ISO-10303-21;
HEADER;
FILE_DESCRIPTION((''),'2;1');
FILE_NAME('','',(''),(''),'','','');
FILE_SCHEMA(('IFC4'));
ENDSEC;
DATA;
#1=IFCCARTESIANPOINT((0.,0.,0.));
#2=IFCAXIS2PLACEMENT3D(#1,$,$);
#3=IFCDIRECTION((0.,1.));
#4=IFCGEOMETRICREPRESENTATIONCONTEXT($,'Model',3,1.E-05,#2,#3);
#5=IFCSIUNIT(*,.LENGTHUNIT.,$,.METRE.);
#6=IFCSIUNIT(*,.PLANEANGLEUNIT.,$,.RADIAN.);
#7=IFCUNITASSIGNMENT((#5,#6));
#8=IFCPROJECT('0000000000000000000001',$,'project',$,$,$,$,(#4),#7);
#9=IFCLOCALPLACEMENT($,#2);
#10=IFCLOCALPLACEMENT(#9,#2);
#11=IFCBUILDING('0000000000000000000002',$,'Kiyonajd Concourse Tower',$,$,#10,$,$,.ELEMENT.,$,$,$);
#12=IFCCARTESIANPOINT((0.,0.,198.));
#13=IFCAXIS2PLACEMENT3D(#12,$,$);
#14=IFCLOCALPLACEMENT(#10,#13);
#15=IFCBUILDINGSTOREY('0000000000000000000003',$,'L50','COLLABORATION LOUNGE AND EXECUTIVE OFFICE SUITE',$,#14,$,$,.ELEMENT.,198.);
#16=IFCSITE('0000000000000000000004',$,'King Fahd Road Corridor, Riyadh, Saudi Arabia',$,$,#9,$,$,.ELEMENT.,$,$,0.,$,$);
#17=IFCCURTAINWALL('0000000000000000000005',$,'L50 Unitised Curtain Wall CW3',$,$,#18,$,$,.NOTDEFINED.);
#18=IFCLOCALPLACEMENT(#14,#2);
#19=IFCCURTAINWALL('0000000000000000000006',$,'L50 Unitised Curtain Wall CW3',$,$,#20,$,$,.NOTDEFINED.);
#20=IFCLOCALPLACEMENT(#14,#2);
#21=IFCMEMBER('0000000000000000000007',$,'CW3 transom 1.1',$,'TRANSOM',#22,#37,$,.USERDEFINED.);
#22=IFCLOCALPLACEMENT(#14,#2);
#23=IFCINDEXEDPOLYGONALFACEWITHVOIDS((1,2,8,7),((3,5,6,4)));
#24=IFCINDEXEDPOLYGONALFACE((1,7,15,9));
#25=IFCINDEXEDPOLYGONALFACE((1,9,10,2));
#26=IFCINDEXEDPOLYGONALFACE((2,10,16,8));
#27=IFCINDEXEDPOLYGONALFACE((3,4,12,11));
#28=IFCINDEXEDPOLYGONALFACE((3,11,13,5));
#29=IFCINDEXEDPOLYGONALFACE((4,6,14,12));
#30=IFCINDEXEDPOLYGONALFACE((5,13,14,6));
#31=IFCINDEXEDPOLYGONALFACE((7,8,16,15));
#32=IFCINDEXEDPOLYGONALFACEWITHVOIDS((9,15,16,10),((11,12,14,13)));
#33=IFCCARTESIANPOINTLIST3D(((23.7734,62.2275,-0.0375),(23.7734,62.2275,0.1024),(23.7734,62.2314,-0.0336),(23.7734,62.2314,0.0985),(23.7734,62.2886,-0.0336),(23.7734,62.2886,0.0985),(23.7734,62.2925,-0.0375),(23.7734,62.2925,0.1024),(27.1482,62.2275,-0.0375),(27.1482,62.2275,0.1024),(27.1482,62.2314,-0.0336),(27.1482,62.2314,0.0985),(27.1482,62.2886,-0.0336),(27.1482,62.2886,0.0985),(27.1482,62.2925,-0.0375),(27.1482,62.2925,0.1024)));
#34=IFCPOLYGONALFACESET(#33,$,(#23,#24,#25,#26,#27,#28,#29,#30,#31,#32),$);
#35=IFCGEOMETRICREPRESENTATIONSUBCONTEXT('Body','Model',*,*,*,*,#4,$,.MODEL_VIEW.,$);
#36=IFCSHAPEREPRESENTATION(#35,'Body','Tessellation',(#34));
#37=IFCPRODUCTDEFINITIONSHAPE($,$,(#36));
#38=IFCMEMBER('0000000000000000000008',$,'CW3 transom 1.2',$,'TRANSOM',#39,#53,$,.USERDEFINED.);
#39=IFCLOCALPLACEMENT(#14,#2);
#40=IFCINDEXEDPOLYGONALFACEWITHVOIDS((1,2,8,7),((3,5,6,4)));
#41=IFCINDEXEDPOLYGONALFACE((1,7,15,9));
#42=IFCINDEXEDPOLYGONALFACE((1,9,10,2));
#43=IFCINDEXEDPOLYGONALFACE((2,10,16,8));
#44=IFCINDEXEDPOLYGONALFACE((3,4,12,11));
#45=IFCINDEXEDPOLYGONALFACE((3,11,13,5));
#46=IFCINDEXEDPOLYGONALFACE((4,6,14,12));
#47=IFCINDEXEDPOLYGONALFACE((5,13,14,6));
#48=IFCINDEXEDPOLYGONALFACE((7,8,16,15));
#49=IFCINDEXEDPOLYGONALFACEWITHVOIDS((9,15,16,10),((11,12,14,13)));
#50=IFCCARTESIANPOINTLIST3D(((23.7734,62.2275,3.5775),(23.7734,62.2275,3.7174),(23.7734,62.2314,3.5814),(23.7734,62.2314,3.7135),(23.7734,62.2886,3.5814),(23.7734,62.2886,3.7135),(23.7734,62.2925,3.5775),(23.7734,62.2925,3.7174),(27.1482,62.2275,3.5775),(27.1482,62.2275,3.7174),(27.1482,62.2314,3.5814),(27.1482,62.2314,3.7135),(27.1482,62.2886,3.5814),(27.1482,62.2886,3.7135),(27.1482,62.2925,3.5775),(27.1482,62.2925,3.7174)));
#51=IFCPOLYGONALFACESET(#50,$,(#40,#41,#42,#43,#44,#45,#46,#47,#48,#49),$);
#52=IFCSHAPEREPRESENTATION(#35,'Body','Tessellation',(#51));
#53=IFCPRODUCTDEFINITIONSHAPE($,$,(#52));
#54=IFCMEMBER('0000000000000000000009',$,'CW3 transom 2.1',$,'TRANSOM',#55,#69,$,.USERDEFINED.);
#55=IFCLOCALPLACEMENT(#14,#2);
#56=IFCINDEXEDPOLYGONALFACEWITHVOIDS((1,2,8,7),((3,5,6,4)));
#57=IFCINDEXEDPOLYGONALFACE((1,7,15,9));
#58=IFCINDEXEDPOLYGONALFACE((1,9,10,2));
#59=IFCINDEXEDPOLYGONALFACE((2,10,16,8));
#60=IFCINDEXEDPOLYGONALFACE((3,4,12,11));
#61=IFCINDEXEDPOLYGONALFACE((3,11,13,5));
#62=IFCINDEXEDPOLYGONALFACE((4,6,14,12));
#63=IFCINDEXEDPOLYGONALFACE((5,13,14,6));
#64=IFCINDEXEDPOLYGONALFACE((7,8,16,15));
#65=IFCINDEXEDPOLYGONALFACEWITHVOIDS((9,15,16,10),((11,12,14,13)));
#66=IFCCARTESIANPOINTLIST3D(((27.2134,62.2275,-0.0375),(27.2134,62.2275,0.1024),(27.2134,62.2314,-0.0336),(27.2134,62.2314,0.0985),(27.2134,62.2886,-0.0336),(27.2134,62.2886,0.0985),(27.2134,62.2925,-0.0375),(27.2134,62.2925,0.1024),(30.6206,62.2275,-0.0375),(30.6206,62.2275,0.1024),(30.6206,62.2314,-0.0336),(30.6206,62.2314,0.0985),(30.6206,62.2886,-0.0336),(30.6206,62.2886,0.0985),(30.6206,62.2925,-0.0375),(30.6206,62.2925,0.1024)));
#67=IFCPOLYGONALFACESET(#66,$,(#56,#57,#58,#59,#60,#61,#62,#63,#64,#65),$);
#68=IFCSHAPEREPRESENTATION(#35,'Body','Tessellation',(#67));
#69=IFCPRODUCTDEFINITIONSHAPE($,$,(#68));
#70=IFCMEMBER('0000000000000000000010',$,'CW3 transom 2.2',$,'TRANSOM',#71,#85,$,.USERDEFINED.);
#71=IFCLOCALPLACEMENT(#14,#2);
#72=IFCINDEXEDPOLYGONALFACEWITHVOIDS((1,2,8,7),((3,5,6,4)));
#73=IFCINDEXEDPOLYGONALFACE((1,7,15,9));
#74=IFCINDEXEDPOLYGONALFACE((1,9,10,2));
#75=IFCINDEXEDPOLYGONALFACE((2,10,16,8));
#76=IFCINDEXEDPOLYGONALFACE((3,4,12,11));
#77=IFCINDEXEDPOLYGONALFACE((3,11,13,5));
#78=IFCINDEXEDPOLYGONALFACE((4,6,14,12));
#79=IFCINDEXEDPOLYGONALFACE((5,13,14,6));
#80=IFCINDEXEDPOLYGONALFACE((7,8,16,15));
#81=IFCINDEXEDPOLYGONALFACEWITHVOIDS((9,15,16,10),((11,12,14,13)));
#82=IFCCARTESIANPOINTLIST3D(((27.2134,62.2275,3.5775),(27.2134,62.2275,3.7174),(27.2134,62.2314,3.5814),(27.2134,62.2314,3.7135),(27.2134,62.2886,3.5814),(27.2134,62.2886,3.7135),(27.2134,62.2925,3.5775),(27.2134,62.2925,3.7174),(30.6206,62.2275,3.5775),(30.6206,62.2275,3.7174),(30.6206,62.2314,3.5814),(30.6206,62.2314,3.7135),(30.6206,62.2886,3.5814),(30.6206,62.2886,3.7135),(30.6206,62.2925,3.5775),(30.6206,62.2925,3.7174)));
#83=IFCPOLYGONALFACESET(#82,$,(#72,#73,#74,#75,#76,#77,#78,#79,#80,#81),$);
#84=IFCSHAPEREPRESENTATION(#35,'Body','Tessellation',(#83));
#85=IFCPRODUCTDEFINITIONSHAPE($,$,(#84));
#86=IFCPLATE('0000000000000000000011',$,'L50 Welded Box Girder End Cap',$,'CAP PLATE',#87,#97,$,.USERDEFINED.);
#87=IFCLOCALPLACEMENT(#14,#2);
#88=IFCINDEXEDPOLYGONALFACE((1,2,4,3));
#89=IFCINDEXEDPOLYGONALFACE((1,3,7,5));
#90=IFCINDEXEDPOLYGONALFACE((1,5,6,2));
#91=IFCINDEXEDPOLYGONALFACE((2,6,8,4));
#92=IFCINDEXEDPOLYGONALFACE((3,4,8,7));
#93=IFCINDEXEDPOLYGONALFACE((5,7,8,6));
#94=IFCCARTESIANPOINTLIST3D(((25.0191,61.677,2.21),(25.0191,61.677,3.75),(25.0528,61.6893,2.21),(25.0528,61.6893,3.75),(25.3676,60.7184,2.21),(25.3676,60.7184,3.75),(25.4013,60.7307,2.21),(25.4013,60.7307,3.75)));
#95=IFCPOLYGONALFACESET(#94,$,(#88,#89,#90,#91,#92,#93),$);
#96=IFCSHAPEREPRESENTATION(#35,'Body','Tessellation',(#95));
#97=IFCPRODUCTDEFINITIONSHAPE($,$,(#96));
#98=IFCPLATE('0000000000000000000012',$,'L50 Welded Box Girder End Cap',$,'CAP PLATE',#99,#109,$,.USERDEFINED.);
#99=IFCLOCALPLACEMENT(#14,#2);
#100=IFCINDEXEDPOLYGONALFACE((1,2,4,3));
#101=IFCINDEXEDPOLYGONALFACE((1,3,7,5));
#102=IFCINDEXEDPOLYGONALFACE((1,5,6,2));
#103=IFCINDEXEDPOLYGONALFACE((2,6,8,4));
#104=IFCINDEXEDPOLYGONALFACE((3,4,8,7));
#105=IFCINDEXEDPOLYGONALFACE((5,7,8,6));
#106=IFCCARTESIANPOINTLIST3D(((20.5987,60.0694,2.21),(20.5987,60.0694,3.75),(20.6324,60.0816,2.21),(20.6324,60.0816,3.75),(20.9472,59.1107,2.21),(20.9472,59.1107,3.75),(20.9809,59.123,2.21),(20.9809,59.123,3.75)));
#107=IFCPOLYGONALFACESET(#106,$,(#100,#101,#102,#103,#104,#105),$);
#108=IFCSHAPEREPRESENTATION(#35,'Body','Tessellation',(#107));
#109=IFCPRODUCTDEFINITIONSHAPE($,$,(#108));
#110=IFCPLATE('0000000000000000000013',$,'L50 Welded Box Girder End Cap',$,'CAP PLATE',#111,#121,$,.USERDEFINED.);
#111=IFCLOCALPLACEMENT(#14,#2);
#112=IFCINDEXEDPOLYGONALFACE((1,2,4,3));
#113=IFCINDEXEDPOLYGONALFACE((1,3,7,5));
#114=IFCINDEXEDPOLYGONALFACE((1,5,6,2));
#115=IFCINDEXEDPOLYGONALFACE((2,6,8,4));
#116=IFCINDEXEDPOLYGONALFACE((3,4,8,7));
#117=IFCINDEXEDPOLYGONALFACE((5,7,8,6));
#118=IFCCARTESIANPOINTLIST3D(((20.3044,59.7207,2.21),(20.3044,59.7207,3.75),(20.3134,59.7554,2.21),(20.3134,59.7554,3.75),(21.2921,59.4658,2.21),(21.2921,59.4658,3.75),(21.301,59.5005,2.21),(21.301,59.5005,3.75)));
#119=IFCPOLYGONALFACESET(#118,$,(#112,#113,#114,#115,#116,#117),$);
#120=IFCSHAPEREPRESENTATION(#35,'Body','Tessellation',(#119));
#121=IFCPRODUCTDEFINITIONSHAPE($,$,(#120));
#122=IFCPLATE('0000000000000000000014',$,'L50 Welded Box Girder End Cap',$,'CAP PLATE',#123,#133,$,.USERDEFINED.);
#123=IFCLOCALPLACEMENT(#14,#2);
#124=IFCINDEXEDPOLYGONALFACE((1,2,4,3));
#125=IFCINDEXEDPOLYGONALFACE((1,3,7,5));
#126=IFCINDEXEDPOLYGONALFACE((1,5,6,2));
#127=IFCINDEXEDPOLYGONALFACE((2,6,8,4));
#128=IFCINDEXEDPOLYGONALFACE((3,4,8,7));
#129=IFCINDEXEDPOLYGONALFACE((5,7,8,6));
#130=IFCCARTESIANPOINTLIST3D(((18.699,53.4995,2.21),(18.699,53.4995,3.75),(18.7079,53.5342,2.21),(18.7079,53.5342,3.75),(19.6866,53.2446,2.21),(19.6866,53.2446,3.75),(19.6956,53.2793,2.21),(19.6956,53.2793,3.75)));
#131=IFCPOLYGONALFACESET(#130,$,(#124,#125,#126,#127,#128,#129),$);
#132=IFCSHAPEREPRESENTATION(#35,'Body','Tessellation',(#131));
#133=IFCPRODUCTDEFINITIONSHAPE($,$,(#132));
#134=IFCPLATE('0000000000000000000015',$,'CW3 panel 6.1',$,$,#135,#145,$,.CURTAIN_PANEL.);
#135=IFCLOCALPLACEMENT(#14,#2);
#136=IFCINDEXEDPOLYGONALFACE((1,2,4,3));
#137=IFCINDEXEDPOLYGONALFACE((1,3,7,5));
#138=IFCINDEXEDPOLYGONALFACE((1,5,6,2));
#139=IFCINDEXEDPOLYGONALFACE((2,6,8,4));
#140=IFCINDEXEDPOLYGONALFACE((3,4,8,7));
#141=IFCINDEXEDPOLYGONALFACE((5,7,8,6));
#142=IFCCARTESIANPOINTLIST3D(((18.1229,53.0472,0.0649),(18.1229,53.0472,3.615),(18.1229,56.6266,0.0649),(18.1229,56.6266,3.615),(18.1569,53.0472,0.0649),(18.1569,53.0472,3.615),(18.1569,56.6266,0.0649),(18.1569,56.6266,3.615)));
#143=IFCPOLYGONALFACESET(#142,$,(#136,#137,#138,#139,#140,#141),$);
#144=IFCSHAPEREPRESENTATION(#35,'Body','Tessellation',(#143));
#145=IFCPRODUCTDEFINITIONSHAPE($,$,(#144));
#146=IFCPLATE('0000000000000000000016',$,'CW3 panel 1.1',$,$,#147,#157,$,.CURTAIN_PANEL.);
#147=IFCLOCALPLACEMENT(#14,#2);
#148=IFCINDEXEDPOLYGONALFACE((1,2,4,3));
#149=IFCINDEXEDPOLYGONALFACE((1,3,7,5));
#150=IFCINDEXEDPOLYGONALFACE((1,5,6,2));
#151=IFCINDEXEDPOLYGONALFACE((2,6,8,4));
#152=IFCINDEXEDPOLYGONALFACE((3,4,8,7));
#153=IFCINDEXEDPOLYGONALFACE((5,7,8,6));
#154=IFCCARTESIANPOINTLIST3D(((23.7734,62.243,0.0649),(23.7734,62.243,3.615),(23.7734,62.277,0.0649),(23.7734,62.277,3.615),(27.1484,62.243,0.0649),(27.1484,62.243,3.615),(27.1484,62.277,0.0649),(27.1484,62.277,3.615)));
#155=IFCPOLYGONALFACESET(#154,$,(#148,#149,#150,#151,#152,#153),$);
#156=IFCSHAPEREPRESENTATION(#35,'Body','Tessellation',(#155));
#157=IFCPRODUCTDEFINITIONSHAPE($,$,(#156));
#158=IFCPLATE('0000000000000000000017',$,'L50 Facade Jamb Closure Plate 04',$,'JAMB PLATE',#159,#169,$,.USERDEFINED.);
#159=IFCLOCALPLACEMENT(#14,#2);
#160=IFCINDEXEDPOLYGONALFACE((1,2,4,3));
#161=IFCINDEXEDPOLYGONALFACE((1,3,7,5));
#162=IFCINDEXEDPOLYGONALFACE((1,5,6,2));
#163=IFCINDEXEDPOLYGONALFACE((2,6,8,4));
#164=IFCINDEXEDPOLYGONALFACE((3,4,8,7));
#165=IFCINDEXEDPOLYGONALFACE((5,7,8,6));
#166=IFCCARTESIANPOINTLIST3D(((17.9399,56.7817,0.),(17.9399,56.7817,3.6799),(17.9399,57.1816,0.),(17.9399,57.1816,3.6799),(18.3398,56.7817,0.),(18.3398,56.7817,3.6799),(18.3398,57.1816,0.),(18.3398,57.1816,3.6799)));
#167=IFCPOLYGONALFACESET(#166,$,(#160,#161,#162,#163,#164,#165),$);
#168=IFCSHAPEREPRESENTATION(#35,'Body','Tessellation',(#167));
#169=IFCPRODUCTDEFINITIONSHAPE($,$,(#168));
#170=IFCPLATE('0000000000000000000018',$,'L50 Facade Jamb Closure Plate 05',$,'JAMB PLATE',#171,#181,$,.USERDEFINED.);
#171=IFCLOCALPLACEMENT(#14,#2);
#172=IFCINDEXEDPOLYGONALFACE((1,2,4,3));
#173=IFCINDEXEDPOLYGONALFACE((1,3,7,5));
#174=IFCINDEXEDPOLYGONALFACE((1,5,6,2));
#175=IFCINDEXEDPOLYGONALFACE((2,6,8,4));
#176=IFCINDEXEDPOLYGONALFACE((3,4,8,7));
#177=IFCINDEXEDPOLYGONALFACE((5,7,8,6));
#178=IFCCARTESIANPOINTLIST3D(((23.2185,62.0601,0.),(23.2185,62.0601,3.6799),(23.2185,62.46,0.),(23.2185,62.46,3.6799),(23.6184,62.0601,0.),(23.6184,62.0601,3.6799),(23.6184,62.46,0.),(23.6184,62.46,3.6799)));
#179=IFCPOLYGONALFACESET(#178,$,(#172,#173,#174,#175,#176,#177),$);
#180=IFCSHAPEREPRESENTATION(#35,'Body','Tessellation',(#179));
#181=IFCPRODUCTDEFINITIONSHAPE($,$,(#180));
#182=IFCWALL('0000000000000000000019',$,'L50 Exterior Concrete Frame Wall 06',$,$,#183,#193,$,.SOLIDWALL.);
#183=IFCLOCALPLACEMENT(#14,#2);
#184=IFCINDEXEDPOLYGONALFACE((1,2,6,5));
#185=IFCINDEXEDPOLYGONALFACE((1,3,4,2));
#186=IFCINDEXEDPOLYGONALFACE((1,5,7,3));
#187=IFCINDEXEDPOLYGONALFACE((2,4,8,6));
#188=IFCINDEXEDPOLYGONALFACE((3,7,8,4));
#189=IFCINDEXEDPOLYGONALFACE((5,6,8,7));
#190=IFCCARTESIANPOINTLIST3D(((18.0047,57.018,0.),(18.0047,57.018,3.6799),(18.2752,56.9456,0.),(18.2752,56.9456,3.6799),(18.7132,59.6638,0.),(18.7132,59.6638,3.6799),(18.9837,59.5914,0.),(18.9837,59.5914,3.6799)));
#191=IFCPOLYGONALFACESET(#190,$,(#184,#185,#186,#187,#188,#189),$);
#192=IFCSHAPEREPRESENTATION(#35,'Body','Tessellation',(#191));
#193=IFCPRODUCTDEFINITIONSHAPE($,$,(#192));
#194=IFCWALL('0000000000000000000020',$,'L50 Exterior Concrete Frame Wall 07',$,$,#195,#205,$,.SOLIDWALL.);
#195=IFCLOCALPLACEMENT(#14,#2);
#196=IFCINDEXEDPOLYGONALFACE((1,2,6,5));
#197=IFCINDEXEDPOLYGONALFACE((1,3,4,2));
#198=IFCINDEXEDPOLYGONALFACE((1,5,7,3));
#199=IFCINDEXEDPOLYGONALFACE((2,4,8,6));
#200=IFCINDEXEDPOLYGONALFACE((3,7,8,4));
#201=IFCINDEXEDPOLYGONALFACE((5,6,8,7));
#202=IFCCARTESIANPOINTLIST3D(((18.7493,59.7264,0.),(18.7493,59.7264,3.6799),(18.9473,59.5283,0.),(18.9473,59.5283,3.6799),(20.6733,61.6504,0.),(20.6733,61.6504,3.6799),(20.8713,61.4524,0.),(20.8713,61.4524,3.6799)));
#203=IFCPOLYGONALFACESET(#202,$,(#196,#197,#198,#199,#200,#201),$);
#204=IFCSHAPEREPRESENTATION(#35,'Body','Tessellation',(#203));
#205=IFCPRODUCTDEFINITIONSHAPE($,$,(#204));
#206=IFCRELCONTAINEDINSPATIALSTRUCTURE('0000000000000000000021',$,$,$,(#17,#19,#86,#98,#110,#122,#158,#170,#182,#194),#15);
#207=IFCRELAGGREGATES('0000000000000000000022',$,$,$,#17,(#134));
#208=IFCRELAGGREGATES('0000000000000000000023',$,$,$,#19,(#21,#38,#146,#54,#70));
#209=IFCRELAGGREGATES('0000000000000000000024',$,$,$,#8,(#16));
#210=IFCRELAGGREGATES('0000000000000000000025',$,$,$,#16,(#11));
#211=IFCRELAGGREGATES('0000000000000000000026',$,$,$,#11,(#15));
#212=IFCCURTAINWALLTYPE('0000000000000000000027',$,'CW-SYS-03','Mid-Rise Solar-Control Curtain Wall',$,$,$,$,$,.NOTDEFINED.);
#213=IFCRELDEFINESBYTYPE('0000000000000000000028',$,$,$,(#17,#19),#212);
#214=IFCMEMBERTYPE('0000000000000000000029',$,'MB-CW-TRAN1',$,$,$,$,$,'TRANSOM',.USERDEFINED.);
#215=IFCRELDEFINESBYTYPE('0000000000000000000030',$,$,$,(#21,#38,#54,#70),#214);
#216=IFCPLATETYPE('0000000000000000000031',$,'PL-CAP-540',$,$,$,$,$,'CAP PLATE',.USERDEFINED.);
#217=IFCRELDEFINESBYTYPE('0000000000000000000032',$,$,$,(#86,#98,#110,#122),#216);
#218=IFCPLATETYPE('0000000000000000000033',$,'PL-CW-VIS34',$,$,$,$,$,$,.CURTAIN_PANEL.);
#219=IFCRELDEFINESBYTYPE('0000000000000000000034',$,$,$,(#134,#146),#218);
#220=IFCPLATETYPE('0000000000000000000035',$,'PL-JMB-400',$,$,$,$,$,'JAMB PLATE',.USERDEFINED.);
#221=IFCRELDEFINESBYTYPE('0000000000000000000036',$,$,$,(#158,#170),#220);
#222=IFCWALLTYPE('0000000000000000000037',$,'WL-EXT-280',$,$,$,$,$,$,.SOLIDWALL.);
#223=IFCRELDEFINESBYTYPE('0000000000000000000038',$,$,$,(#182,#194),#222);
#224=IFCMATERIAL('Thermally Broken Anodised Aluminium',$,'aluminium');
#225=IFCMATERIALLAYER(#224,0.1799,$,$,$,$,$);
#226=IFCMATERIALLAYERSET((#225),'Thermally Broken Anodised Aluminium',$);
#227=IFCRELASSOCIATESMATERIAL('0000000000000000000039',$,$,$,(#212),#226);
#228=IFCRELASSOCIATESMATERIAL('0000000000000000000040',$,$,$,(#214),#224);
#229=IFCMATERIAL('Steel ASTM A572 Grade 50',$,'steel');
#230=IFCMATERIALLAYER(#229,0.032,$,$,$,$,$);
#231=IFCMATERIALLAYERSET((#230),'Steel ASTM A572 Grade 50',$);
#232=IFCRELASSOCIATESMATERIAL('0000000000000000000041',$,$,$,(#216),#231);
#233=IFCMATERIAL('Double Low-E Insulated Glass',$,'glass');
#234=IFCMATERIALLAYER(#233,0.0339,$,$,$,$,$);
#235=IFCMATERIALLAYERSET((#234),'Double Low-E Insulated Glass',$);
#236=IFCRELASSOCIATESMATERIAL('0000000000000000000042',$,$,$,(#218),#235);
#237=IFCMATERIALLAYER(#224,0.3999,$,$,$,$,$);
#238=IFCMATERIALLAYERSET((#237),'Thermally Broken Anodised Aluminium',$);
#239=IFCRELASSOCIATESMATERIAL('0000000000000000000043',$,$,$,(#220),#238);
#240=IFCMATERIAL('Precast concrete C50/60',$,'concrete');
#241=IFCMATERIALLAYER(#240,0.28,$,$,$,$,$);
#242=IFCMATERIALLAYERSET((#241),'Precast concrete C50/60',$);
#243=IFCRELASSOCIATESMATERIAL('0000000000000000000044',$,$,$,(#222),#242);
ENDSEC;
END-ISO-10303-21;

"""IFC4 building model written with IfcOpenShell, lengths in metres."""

from ifc_helpers import new_model, si_unit, direction, frame, frame_2d, origin, origin_2d, place, context, subcontext, project, spatial, rectangle, hollow_rectangle, extrude, material, layer, layer_set, material_profile, profile_set, type_object, element, aggregate, save


model = new_model("IFC4")

# Units and contexts
model_context = context("Model", 3, precision=1e-05, world=origin(), true_north=direction((0.0, 1.0)))
body_context = subcontext(model_context, "Body", "Model", "MODEL_VIEW")
ifc_project = project(units=[si_unit("LENGTHUNIT", "METRE"), si_unit("PLANEANGLEUNIT", "RADIAN")], contexts=[model_context])

# Site, building, storey
site_placement = place(None, origin())
site = spatial("IfcSite", under=ifc_project, at=site_placement, Name="King Fahd Road Corridor, Riyadh, Saudi Arabia", CompositionType="ELEMENT", RefElevation=0.0)
building_placement = place(site_placement, origin())
building = spatial("IfcBuilding", under=site, at=building_placement, Name="Kiyonajd Concourse Tower", CompositionType="ELEMENT")
storey_placement = place(building_placement, frame((0.0, 0.0, 198.0)))
storey = spatial("IfcBuildingStorey", under=building, at=storey_placement, Name="L50", Description="COLLABORATION LOUNGE AND EXECUTIVE OFFICE SUITE", CompositionType="ELEMENT", Elevation=198.0)

# Shared definitions
ifc_material_1 = material(Name="Steel ASTM A572 Grade 50", Category="steel")

# Curtain wall
ifc_material_2 = material(Name="Thermally Broken Anodised Aluminium", Category="aluminium")
ifc_layer_1 = layer(ifc_material_2, 0.1799)
ifc_layer_set_1 = layer_set([ifc_layer_1], Name="Thermally Broken Anodised Aluminium")
curtain_wall_type = type_object("IfcCurtainWallType", Name="CW-SYS-03", Description="Mid-Rise Solar-Control Curtain Wall", PredefinedType="NOTDEFINED", material=ifc_layer_set_1)
curtain_wall_1_placement = place(storey_placement, origin())
curtain_wall_1 = element("IfcCurtainWall", 1, at=curtain_wall_1_placement, inside=storey, type_object=curtain_wall_type, Name="L50 Unitised Curtain Wall CW3", PredefinedType="NOTDEFINED")

# Curtain wall, members
curtain_wall_2_placement = place(storey_placement, origin())
curtain_wall_2 = element("IfcCurtainWall", 2, at=curtain_wall_2_placement, inside=storey, type_object=curtain_wall_type, Name="L50 Unitised Curtain Wall CW3", PredefinedType="NOTDEFINED")
ifc_material_profile_1 = material_profile(ifc_material_2, hollow_rectangle(XDim=0.0649, YDim=0.1399, WallThickness=0.0039, at=origin_2d()), Name="TRAN-65x140")
ifc_profile_set_1 = profile_set([ifc_material_profile_1], Name="Thermally Broken Anodised Aluminium")
member_type_1 = type_object("IfcMemberType", Name="MB-CW-TRAN1", ElementType="TRANSOM", PredefinedType="USERDEFINED", material=ifc_profile_set_1)
member_1_placement = place(storey_placement, frame((23.7734, 62.26, 0.0325), z_axis=(1.0, 0.0, 0.0), x_axis=(0.0, 1.0, 0.0)))
member_1 = element("IfcMember", 3, at=member_1_placement, type_object=member_type_1, Name="CW3 transom 1.1", ObjectType="TRANSOM", PredefinedType="USERDEFINED", context=body_context, shape_type="SweptSolid", body=[
    extrude(hollow_rectangle(XDim=0.0649, YDim=0.1399, WallThickness=0.0039, at=origin_2d()), origin(), (0.0, 0.0, 1.0), 3.3748),
])
member_2_placement = place(storey_placement, frame((23.7734, 62.26, 3.6475), z_axis=(1.0, 0.0, 0.0), x_axis=(0.0, 1.0, 0.0)))
member_2 = element("IfcMember", 4, at=member_2_placement, type_object=member_type_1, Name="CW3 transom 1.2", ObjectType="TRANSOM", PredefinedType="USERDEFINED", context=body_context, shape_type="SweptSolid", body=[
    extrude(hollow_rectangle(XDim=0.0649, YDim=0.1399, WallThickness=0.0039, at=origin_2d()), origin(), (0.0, 0.0, 1.0), 3.3748),
])
member_3_placement = place(storey_placement, frame((27.2134, 62.26, 0.0325), z_axis=(1.0, 0.0, 0.0), x_axis=(0.0, 1.0, 0.0)))
member_3 = element("IfcMember", 5, at=member_3_placement, type_object=member_type_1, Name="CW3 transom 2.1", ObjectType="TRANSOM", PredefinedType="USERDEFINED", context=body_context, shape_type="SweptSolid", body=[
    extrude(hollow_rectangle(XDim=0.0649, YDim=0.1399, WallThickness=0.0039, at=origin_2d()), origin(), (0.0, 0.0, 1.0), 3.4072),
])
member_4_placement = place(storey_placement, frame((27.2134, 62.26, 3.6475), z_axis=(1.0, 0.0, 0.0), x_axis=(0.0, 1.0, 0.0)))
member_4 = element("IfcMember", 6, at=member_4_placement, type_object=member_type_1, Name="CW3 transom 2.2", ObjectType="TRANSOM", PredefinedType="USERDEFINED", context=body_context, shape_type="SweptSolid", body=[
    extrude(hollow_rectangle(XDim=0.0649, YDim=0.1399, WallThickness=0.0039, at=origin_2d()), origin(), (0.0, 0.0, 1.0), 3.4072),
])

# Plates
ifc_layer_2 = layer(ifc_material_1, 0.032)
ifc_layer_set_2 = layer_set([ifc_layer_2], Name="Steel ASTM A572 Grade 50")
plate_type_1 = type_object("IfcPlateType", Name="PL-CAP-540", ElementType="CAP PLATE", PredefinedType="USERDEFINED", material=ifc_layer_set_2)
for number, where, z_axis, x_axis, name in (
    (7, (25.2102, 61.2039, 2.21), (0.0, 0.0, 1.0), (0.939812, 0.341692, 0.0), "L50 Welded Box Girder End Cap"),
    (8, (20.7898, 59.5962, 2.21), (0.0, 0.0, 1.0), (-0.939812, -0.341692, 0.0), "L50 Welded Box Girder End Cap"),
    (9, (20.8027, 59.6106, 2.21), (0.0, 0.0, 1.0), (0.249873, 0.968279, 0.0), "L50 Welded Box Girder End Cap"),
    (10, (19.1973, 53.3894, 2.21), (0.0, 0.0, 1.0), (-0.249873, -0.968279, 0.0), "L50 Welded Box Girder End Cap"),
):
    element("IfcPlate", number, at=place(storey_placement, frame(where, z_axis=z_axis, x_axis=x_axis)), inside=storey, type_object=plate_type_1, Name=name, ObjectType="CAP PLATE", PredefinedType="USERDEFINED", context=body_context, shape_type="SweptSolid", body=[
        extrude(rectangle(XDim=0.0359, YDim=1.02, at=origin_2d()), origin(), (0.0, 0.0, 1.0), 1.54),
    ])

# Plates
ifc_material_3 = material(Name="Double Low-E Insulated Glass", Category="glass")
ifc_layer_3 = layer(ifc_material_3, 0.0339)
ifc_layer_set_3 = layer_set([ifc_layer_3], Name="Double Low-E Insulated Glass")
plate_type_2 = type_object("IfcPlateType", Name="PL-CW-VIS34", PredefinedType="CURTAIN_PANEL", material=ifc_layer_set_3)
plate_1_placement = place(storey_placement, frame((18.1399, 54.8369, 0.0649), z_axis=(0.0, 0.0, 1.0), x_axis=(0.0, 1.0, 0.0)))
plate_1 = element("IfcPlate", 11, at=plate_1_placement, type_object=plate_type_2, Name="CW3 panel 6.1", PredefinedType="CURTAIN_PANEL", context=body_context, shape_type="SweptSolid", body=[
    extrude(rectangle(XDim=3.5793, YDim=0.0339, at=origin_2d()), origin(), (0.0, 0.0, 1.0), 3.55),
])
aggregate(curtain_wall_1, [plate_1])
plate_2_placement = place(storey_placement, frame((25.4609, 62.26, 0.0649), z_axis=(0.0, 0.0, 1.0), x_axis=(1.0, 0.0, 0.0)))
plate_2 = element("IfcPlate", 12, at=plate_2_placement, type_object=plate_type_2, Name="CW3 panel 1.1", PredefinedType="CURTAIN_PANEL", context=body_context, shape_type="SweptSolid", body=[
    extrude(rectangle(XDim=3.375, YDim=0.0339, at=origin_2d()), origin(), (0.0, 0.0, 1.0), 3.55),
])
aggregate(curtain_wall_2, [member_1, member_2, plate_2, member_3, member_4])

# Plates
ifc_layer_4 = layer(ifc_material_2, 0.3999)
ifc_layer_set_4 = layer_set([ifc_layer_4], Name="Thermally Broken Anodised Aluminium")
plate_type_3 = type_object("IfcPlateType", Name="PL-JMB-400", ElementType="JAMB PLATE", PredefinedType="USERDEFINED", material=ifc_layer_set_4)
for number, where, z_axis, x_axis, name in (
    (13, (18.1399, 56.9817, 0.0), (0.0, 0.0, 1.0), (1.0, 0.0, 0.0), "L50 Facade Jamb Closure Plate 04"),
    (14, (23.4185, 62.26, 0.0), (0.0, 0.0, 1.0), (1.0, 0.0, 0.0), "L50 Facade Jamb Closure Plate 05"),
):
    element("IfcPlate", number, at=place(storey_placement, frame(where, z_axis=z_axis, x_axis=x_axis)), inside=storey, type_object=plate_type_3, Name=name, ObjectType="JAMB PLATE", PredefinedType="USERDEFINED", context=body_context, shape_type="SweptSolid", body=[
        extrude(rectangle(XDim=0.3999, YDim=0.3999, at=origin_2d()), origin(), (0.0, 0.0, 1.0), 3.6799),
    ])

# Walls
ifc_material_4 = material(Name="Precast concrete C50/60", Category="concrete")
ifc_layer_5 = layer(ifc_material_4, 0.28)
ifc_layer_set_5 = layer_set([ifc_layer_5], Name="Precast concrete C50/60")
wall_type = type_object("IfcWallType", Name="WL-EXT-280", PredefinedType="SOLIDWALL", material=ifc_layer_set_5)
wall_1_placement = place(storey_placement, frame((18.1399, 56.9817, 0.0), z_axis=(0.0, 0.0, 1.0), x_axis=(0.258672, 0.965965, 0.0)))
element("IfcWall", 15, at=wall_1_placement, inside=storey, type_object=wall_type, Name="L50 Exterior Concrete Frame Wall 06", PredefinedType="SOLIDWALL", context=body_context, shape_type="SweptSolid", body=[
    extrude(rectangle(XDim=2.739, YDim=0.28, at=frame_2d((1.3696, 0.0))), origin(), (0.0, 0.0, 1.0), 3.6799),
])
wall_2_placement = place(storey_placement, frame((18.8484, 59.6274, 0.0), z_axis=(0.0, 0.0, 1.0), x_axis=(0.707107, 0.707107, 0.0)))
element("IfcWall", 16, at=wall_2_placement, inside=storey, type_object=wall_type, Name="L50 Exterior Concrete Frame Wall 07", PredefinedType="SOLIDWALL", context=body_context, shape_type="SweptSolid", body=[
    extrude(rectangle(XDim=2.7209, YDim=0.28, at=frame_2d((1.3604, 0.0))), origin(), (0.0, 0.0, 1.0), 3.6799),
])

save(model, "model.ifc")
